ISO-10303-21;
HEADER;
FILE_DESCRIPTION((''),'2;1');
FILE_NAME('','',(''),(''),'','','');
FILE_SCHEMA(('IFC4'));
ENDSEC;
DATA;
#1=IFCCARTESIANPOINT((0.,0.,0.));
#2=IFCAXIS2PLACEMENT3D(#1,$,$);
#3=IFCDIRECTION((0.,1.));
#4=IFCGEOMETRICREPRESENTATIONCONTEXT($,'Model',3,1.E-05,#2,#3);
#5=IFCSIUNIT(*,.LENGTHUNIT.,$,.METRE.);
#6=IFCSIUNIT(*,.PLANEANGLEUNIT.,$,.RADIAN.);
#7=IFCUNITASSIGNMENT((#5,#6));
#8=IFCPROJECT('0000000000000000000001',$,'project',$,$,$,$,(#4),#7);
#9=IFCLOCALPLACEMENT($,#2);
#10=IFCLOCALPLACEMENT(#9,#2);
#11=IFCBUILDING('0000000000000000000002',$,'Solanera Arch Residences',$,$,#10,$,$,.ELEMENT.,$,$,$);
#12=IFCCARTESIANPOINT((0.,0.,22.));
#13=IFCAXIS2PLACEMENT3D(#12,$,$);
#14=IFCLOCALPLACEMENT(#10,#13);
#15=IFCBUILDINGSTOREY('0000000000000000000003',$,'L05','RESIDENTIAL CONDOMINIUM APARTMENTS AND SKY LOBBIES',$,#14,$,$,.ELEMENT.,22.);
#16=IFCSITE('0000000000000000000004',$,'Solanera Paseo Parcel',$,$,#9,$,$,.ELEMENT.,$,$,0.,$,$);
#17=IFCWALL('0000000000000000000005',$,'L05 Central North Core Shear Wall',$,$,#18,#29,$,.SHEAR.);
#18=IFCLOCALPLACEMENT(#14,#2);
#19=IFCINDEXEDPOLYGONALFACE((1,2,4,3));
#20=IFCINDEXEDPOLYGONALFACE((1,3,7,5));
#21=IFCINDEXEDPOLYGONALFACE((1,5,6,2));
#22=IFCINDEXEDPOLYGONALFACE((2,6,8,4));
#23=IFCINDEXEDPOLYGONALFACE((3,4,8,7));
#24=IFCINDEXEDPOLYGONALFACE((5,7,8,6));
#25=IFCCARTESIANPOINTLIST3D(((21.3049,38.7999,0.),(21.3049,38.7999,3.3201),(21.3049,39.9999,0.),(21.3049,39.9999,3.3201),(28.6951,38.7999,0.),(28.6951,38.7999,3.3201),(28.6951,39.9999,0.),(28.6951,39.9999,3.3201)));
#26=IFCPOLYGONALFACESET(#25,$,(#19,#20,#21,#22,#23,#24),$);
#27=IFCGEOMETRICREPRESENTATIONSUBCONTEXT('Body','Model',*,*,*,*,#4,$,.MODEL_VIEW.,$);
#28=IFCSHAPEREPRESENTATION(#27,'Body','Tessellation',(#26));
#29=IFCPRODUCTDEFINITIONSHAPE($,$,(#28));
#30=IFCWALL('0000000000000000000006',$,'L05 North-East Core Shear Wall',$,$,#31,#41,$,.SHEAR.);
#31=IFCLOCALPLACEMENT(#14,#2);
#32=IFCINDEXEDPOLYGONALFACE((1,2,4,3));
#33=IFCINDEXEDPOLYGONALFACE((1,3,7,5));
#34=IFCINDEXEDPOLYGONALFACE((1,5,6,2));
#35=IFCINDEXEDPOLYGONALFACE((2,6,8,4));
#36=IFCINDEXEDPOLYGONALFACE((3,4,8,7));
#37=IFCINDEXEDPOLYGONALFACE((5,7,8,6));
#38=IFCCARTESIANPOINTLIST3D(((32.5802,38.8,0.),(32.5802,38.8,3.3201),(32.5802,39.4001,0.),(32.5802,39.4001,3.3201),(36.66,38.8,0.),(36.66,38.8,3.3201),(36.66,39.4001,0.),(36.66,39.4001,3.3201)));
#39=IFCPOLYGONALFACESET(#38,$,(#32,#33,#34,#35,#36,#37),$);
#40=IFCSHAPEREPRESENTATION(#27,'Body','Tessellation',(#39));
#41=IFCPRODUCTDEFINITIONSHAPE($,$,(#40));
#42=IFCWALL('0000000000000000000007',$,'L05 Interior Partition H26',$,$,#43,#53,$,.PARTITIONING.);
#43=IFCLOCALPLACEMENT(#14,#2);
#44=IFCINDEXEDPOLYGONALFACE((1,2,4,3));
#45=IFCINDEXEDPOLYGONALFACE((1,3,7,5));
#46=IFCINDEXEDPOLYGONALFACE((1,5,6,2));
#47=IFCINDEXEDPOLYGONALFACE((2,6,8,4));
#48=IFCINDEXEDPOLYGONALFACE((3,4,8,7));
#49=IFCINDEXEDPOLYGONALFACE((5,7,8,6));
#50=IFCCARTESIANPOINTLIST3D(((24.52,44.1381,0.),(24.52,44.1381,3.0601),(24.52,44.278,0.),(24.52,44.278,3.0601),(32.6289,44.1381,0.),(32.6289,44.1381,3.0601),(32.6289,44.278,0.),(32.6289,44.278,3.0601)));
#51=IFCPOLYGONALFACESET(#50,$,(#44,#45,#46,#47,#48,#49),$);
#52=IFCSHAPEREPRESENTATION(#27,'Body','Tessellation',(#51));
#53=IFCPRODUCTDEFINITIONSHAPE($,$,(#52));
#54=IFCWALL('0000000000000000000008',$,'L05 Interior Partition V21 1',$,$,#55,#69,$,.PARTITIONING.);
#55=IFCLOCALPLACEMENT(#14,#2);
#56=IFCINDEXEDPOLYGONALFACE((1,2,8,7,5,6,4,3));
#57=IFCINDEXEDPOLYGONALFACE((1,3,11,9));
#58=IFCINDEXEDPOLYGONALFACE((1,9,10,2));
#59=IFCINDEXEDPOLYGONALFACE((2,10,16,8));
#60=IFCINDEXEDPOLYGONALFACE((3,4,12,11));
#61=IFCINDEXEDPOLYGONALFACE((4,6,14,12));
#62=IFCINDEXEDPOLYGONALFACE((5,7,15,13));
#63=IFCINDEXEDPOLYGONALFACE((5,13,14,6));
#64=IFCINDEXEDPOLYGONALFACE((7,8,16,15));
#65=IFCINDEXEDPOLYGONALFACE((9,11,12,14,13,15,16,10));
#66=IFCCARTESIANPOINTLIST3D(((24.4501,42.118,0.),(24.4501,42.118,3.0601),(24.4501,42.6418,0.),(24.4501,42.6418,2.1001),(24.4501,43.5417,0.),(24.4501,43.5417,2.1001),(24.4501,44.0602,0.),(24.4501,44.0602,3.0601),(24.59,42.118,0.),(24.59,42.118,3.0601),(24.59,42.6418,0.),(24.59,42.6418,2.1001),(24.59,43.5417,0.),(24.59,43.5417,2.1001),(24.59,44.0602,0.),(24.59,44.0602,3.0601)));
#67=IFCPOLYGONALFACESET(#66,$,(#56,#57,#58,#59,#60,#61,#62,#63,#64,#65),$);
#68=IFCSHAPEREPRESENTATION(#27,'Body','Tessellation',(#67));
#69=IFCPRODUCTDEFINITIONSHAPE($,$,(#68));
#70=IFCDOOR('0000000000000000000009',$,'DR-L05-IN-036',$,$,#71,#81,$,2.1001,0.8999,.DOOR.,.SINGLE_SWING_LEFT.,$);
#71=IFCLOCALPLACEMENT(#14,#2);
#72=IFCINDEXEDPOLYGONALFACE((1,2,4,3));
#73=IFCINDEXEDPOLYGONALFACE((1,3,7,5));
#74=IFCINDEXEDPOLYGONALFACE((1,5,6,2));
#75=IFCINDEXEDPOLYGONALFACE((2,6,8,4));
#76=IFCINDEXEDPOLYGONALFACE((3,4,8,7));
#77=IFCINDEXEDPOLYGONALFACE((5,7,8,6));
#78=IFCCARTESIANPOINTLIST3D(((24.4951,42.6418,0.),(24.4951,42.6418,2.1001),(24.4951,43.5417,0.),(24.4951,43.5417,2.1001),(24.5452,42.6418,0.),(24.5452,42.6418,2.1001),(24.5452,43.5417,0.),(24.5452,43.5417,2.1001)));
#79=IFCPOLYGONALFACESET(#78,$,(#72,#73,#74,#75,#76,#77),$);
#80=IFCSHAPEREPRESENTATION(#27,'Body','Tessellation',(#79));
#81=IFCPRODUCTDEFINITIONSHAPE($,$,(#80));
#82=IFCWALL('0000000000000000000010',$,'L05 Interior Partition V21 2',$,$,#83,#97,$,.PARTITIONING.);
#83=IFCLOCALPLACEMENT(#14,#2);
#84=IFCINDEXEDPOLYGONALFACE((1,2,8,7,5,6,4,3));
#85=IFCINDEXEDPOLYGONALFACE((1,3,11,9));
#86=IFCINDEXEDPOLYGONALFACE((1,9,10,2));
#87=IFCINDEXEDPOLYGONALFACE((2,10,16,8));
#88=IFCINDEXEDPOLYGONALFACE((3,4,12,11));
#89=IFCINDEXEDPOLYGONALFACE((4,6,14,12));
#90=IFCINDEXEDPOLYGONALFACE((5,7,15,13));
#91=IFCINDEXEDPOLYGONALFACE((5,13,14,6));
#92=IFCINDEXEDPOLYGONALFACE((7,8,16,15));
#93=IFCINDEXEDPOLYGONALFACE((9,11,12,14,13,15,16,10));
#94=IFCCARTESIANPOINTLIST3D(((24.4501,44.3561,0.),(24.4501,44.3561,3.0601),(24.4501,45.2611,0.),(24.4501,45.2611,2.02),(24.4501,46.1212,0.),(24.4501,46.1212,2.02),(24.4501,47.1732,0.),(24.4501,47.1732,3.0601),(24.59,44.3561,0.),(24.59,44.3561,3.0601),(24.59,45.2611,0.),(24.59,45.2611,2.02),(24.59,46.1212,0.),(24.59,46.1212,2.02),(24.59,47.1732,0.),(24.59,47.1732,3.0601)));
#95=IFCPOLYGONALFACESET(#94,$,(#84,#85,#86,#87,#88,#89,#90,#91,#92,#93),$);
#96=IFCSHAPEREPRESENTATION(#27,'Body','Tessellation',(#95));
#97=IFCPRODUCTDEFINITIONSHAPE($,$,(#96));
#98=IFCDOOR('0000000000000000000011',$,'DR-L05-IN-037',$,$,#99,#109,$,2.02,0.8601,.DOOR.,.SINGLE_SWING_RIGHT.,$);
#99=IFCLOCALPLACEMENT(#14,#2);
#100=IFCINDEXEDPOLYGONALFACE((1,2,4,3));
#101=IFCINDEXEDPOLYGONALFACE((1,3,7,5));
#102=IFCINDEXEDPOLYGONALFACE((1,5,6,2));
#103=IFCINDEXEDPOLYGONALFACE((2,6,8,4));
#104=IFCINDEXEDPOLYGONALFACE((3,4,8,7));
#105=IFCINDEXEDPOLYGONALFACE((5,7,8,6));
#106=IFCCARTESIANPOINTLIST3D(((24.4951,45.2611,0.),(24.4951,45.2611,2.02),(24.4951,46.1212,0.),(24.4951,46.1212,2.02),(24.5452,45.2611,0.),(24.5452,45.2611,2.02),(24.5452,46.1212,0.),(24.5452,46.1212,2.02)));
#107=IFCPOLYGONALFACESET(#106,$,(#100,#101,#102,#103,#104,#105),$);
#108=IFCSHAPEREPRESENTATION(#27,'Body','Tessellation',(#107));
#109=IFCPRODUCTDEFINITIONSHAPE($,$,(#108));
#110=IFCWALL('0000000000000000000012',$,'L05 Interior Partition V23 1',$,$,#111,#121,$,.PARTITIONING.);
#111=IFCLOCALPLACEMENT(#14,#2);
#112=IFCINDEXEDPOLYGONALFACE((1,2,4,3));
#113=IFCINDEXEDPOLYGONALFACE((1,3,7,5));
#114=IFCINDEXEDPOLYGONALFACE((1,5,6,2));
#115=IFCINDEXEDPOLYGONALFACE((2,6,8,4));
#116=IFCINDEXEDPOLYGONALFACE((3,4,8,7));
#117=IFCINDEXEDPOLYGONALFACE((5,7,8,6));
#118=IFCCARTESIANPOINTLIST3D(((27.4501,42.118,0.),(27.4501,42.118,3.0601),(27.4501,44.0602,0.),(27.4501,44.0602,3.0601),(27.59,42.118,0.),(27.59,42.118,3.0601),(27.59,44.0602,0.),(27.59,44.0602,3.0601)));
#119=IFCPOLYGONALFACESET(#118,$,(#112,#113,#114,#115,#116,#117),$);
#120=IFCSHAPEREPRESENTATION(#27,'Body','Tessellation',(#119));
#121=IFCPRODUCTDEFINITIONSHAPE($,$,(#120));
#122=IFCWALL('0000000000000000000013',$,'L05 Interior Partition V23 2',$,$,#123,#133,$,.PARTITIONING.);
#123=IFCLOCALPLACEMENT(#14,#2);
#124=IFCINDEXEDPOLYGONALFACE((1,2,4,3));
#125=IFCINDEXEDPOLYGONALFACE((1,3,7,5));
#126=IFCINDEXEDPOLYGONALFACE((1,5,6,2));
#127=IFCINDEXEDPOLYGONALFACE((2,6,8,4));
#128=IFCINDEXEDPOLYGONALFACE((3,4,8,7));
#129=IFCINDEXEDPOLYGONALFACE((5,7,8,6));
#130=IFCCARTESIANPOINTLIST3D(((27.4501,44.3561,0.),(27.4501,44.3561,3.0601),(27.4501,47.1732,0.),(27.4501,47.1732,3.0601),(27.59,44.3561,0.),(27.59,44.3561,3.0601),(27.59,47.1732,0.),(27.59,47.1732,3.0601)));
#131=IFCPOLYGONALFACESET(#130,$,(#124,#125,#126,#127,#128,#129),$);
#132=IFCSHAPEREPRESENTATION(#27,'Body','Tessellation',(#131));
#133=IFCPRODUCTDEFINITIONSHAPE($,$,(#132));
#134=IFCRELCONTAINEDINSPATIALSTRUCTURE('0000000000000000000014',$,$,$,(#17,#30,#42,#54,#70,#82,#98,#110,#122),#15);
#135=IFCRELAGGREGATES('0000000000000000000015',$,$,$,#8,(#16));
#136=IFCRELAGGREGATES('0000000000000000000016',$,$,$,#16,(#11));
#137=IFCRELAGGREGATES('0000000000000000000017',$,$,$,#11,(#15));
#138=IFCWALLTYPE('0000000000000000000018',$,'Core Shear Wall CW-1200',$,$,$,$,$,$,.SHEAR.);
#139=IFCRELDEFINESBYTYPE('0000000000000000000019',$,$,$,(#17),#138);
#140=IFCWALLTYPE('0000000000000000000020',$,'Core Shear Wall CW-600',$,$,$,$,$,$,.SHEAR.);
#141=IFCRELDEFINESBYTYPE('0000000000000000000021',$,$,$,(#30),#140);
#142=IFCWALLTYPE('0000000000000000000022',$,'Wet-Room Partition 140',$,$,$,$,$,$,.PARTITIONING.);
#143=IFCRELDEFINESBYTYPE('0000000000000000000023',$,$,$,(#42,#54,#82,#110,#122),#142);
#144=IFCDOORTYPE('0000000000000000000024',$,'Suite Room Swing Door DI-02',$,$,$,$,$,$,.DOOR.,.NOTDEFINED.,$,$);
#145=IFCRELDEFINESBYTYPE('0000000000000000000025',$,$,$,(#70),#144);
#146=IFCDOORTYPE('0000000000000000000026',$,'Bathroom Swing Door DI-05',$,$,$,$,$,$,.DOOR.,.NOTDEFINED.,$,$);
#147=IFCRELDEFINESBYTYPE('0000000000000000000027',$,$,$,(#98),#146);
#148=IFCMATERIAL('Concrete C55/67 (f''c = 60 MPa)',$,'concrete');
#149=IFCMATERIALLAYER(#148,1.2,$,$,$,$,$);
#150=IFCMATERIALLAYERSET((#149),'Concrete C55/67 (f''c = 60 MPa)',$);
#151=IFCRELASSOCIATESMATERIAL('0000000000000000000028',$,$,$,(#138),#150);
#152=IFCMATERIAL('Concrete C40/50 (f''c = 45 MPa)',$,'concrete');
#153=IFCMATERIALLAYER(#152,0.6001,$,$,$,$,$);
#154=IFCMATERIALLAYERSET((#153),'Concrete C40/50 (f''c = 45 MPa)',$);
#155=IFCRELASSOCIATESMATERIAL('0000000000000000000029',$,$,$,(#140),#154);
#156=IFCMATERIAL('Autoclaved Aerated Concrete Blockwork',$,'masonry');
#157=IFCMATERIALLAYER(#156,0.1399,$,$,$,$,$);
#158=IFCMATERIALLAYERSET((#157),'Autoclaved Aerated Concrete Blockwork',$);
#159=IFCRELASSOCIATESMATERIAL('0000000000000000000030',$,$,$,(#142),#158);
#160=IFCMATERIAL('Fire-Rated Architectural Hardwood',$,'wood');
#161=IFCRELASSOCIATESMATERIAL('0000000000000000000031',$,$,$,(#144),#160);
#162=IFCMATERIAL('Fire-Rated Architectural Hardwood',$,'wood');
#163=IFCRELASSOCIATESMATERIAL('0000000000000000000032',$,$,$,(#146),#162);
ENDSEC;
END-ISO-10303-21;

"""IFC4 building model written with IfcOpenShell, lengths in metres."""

from ifc_helpers import new_model, si_unit, direction, frame, frame_2d, origin, place, context, subcontext, project, spatial, rectangle, extrude, material, layer, layer_set, type_object, element, fill, save


model = new_model("IFC4")

# Units and contexts
model_context = context("Model", 3, precision=1e-05, world=origin(), true_north=direction((0.0, 1.0)))
body_context = subcontext(model_context, "Body", "Model", "MODEL_VIEW")
ifc_project = project(units=[si_unit("LENGTHUNIT", "METRE"), si_unit("PLANEANGLEUNIT", "RADIAN")], contexts=[model_context])

# Site, building, storey
site_placement = place(None, origin())
site = spatial("IfcSite", under=ifc_project, at=site_placement, Name="Solanera Paseo Parcel", CompositionType="ELEMENT", RefElevation=0.0)
building_placement = place(site_placement, origin())
building = spatial("IfcBuilding", under=site, at=building_placement, Name="Solanera Arch Residences", CompositionType="ELEMENT")
storey_placement = place(building_placement, frame((0.0, 0.0, 22.0)))
storey = spatial("IfcBuildingStorey", under=building, at=storey_placement, Name="L05", Description="RESIDENTIAL CONDOMINIUM APARTMENTS AND SKY LOBBIES", CompositionType="ELEMENT", Elevation=22.0)

# Walls
ifc_material_1 = material(Name="Concrete C55/67 (f'c = 60 MPa)", Category="concrete")
ifc_layer_1 = layer(ifc_material_1, 1.2)
ifc_layer_set_1 = layer_set([ifc_layer_1], Name="Concrete C55/67 (f'c = 60 MPa)")
wall_type_1 = type_object("IfcWallType", Name="Core Shear Wall CW-1200", PredefinedType="SHEAR", material=ifc_layer_set_1)
wall_1_placement = place(storey_placement, frame((21.3049, 39.3999, 0.0), z_axis=(0.0, 0.0, 1.0), x_axis=(1.0, 0.0, 0.0)))
element("IfcWall", 1, at=wall_1_placement, inside=storey, type_object=wall_type_1, Name="L05 Central North Core Shear Wall", PredefinedType="SHEAR", context=body_context, shape_type="SweptSolid", body=[
    extrude(rectangle(XDim=7.3901, YDim=1.2, at=frame_2d((3.6951, 0.0))), origin(), (0.0, 0.0, 1.0), 3.3201),
])
ifc_material_2 = material(Name="Concrete C40/50 (f'c = 45 MPa)", Category="concrete")
ifc_layer_2 = layer(ifc_material_2, 0.6001)
ifc_layer_set_2 = layer_set([ifc_layer_2], Name="Concrete C40/50 (f'c = 45 MPa)")
wall_type_2 = type_object("IfcWallType", Name="Core Shear Wall CW-600", PredefinedType="SHEAR", material=ifc_layer_set_2)
wall_2_placement = place(storey_placement, frame((32.5801, 39.1001, 0.0), z_axis=(0.0, 0.0, 1.0), x_axis=(1.0, 0.0, 0.0)))
element("IfcWall", 2, at=wall_2_placement, inside=storey, type_object=wall_type_2, Name="L05 North-East Core Shear Wall", PredefinedType="SHEAR", context=body_context, shape_type="SweptSolid", body=[
    extrude(rectangle(XDim=4.0798, YDim=0.6001, at=frame_2d((2.04, 0.0))), origin(), (0.0, 0.0, 1.0), 3.3201),
])
ifc_material_3 = material(Name="Autoclaved Aerated Concrete Blockwork", Category="masonry")
ifc_layer_3 = layer(ifc_material_3, 0.1399)
ifc_layer_set_3 = layer_set([ifc_layer_3], Name="Autoclaved Aerated Concrete Blockwork")
wall_type_3 = type_object("IfcWallType", Name="Wet-Room Partition 140", PredefinedType="PARTITIONING", material=ifc_layer_set_3)
wall_3_placement = place(storey_placement, frame((24.52, 44.208, 0.0), z_axis=(0.0, 0.0, 1.0), x_axis=(1.0, 0.0, 0.0)))
element("IfcWall", 3, at=wall_3_placement, inside=storey, type_object=wall_type_3, Name="L05 Interior Partition H26", PredefinedType="PARTITIONING", context=body_context, shape_type="SweptSolid", body=[
    extrude(rectangle(XDim=8.1089, YDim=0.1399, at=frame_2d((4.0544, 0.0))), origin(), (0.0, 0.0, 1.0), 3.0601),
])

# Walls, openings, doors
wall_4_placement = place(storey_placement, frame((24.52, 42.1179, 0.0), z_axis=(0.0, 0.0, 1.0), x_axis=(0.0, 1.0, 0.0)))
wall_4 = element("IfcWall", 4, at=wall_4_placement, inside=storey, type_object=wall_type_3, Name="L05 Interior Partition V21 1", PredefinedType="PARTITIONING", context=body_context, shape_type="SweptSolid", body=[
    extrude(rectangle(XDim=1.9421, YDim=0.1399, at=frame_2d((0.9712, 0.0))), origin(), (0.0, 0.0, 1.0), 3.0601),
])
opening_1_placement = place(wall_4_placement, frame((0.5239, 0.0, 0.0)))
opening_1 = element("IfcOpeningElement", 5, at=opening_1_placement, cuts=wall_4, PredefinedType="OPENING", context=body_context, shape_type="SweptSolid", body=[
    extrude(rectangle(XDim=0.8999, YDim=2.1001, at=frame_2d((0.45, 1.05))), frame((0.0, 0.0798, 0.0), z_axis=(0.0, -1.0, 0.0), x_axis=(1.0, 0.0, 0.0)), (0.0, 0.0, 1.0), 0.1599),
])
ifc_material_4 = material(Name="Fire-Rated Architectural Hardwood", Category="wood")
door_type_1 = type_object("IfcDoorType", Name="Suite Room Swing Door DI-02", OperationType="NOTDEFINED", PredefinedType="DOOR", material=ifc_material_4)
door_1_placement = place(opening_1_placement, origin())
door_1 = element("IfcDoor", 6, at=door_1_placement, inside=storey, type_object=door_type_1, Name="DR-L05-IN-036", OperationType="SINGLE_SWING_LEFT", OverallHeight=2.1001, OverallWidth=0.8999, PredefinedType="DOOR", context=body_context, shape_type="SweptSolid", body=[
    extrude(rectangle(XDim=0.8999, YDim=2.1001, at=frame_2d((0.45, 1.05))), frame((0.0, 0.0249, 0.0), z_axis=(0.0, -1.0, 0.0), x_axis=(1.0, 0.0, 0.0)), (0.0, 0.0, 1.0), 0.05),
])
fill(opening_1, door_1)
wall_5_placement = place(storey_placement, frame((24.52, 44.356, 0.0), z_axis=(0.0, 0.0, 1.0), x_axis=(0.0, 1.0, 0.0)))
wall_5 = element("IfcWall", 7, at=wall_5_placement, inside=storey, type_object=wall_type_3, Name="L05 Interior Partition V21 2", PredefinedType="PARTITIONING", context=body_context, shape_type="SweptSolid", body=[
    extrude(rectangle(XDim=2.8171, YDim=0.1399, at=frame_2d((1.4087, 0.0))), origin(), (0.0, 0.0, 1.0), 3.0601),
])
opening_2_placement = place(wall_5_placement, frame((0.905, 0.0, 0.0)))
opening_2 = element("IfcOpeningElement", 8, at=opening_2_placement, cuts=wall_5, PredefinedType="OPENING", context=body_context, shape_type="SweptSolid", body=[
    extrude(rectangle(XDim=0.8601, YDim=2.02, at=frame_2d((0.4302, 1.01))), frame((0.0, 0.0798, 0.0), z_axis=(0.0, -1.0, 0.0), x_axis=(1.0, 0.0, 0.0)), (0.0, 0.0, 1.0), 0.1599),
])
ifc_material_5 = material(Name="Fire-Rated Architectural Hardwood", Category="wood")
door_type_2 = type_object("IfcDoorType", Name="Bathroom Swing Door DI-05", OperationType="NOTDEFINED", PredefinedType="DOOR", material=ifc_material_5)
door_2_placement = place(opening_2_placement, origin())
door_2 = element("IfcDoor", 9, at=door_2_placement, inside=storey, type_object=door_type_2, Name="DR-L05-IN-037", OperationType="SINGLE_SWING_RIGHT", OverallHeight=2.02, OverallWidth=0.8601, PredefinedType="DOOR", context=body_context, shape_type="SweptSolid", body=[
    extrude(rectangle(XDim=0.8601, YDim=2.02, at=frame_2d((0.4302, 1.01))), frame((0.0, 0.0249, 0.0), z_axis=(0.0, -1.0, 0.0), x_axis=(1.0, 0.0, 0.0)), (0.0, 0.0, 1.0), 0.05),
])
fill(opening_2, door_2)

# Walls
wall_6_placement = place(storey_placement, frame((27.52, 42.1179, 0.0), z_axis=(0.0, 0.0, 1.0), x_axis=(0.0, 1.0, 0.0)))
element("IfcWall", 10, at=wall_6_placement, inside=storey, type_object=wall_type_3, Name="L05 Interior Partition V23 1", PredefinedType="PARTITIONING", context=body_context, shape_type="SweptSolid", body=[
    extrude(rectangle(XDim=1.9421, YDim=0.1399, at=frame_2d((0.9712, 0.0))), origin(), (0.0, 0.0, 1.0), 3.0601),
])
wall_7_placement = place(storey_placement, frame((27.52, 44.356, 0.0), z_axis=(0.0, 0.0, 1.0), x_axis=(0.0, 1.0, 0.0)))
element("IfcWall", 11, at=wall_7_placement, inside=storey, type_object=wall_type_3, Name="L05 Interior Partition V23 2", PredefinedType="PARTITIONING", context=body_context, shape_type="SweptSolid", body=[
    extrude(rectangle(XDim=2.8171, YDim=0.1399, at=frame_2d((1.4087, 0.0))), origin(), (0.0, 0.0, 1.0), 3.0601),
])

save(model, "model.ifc")
